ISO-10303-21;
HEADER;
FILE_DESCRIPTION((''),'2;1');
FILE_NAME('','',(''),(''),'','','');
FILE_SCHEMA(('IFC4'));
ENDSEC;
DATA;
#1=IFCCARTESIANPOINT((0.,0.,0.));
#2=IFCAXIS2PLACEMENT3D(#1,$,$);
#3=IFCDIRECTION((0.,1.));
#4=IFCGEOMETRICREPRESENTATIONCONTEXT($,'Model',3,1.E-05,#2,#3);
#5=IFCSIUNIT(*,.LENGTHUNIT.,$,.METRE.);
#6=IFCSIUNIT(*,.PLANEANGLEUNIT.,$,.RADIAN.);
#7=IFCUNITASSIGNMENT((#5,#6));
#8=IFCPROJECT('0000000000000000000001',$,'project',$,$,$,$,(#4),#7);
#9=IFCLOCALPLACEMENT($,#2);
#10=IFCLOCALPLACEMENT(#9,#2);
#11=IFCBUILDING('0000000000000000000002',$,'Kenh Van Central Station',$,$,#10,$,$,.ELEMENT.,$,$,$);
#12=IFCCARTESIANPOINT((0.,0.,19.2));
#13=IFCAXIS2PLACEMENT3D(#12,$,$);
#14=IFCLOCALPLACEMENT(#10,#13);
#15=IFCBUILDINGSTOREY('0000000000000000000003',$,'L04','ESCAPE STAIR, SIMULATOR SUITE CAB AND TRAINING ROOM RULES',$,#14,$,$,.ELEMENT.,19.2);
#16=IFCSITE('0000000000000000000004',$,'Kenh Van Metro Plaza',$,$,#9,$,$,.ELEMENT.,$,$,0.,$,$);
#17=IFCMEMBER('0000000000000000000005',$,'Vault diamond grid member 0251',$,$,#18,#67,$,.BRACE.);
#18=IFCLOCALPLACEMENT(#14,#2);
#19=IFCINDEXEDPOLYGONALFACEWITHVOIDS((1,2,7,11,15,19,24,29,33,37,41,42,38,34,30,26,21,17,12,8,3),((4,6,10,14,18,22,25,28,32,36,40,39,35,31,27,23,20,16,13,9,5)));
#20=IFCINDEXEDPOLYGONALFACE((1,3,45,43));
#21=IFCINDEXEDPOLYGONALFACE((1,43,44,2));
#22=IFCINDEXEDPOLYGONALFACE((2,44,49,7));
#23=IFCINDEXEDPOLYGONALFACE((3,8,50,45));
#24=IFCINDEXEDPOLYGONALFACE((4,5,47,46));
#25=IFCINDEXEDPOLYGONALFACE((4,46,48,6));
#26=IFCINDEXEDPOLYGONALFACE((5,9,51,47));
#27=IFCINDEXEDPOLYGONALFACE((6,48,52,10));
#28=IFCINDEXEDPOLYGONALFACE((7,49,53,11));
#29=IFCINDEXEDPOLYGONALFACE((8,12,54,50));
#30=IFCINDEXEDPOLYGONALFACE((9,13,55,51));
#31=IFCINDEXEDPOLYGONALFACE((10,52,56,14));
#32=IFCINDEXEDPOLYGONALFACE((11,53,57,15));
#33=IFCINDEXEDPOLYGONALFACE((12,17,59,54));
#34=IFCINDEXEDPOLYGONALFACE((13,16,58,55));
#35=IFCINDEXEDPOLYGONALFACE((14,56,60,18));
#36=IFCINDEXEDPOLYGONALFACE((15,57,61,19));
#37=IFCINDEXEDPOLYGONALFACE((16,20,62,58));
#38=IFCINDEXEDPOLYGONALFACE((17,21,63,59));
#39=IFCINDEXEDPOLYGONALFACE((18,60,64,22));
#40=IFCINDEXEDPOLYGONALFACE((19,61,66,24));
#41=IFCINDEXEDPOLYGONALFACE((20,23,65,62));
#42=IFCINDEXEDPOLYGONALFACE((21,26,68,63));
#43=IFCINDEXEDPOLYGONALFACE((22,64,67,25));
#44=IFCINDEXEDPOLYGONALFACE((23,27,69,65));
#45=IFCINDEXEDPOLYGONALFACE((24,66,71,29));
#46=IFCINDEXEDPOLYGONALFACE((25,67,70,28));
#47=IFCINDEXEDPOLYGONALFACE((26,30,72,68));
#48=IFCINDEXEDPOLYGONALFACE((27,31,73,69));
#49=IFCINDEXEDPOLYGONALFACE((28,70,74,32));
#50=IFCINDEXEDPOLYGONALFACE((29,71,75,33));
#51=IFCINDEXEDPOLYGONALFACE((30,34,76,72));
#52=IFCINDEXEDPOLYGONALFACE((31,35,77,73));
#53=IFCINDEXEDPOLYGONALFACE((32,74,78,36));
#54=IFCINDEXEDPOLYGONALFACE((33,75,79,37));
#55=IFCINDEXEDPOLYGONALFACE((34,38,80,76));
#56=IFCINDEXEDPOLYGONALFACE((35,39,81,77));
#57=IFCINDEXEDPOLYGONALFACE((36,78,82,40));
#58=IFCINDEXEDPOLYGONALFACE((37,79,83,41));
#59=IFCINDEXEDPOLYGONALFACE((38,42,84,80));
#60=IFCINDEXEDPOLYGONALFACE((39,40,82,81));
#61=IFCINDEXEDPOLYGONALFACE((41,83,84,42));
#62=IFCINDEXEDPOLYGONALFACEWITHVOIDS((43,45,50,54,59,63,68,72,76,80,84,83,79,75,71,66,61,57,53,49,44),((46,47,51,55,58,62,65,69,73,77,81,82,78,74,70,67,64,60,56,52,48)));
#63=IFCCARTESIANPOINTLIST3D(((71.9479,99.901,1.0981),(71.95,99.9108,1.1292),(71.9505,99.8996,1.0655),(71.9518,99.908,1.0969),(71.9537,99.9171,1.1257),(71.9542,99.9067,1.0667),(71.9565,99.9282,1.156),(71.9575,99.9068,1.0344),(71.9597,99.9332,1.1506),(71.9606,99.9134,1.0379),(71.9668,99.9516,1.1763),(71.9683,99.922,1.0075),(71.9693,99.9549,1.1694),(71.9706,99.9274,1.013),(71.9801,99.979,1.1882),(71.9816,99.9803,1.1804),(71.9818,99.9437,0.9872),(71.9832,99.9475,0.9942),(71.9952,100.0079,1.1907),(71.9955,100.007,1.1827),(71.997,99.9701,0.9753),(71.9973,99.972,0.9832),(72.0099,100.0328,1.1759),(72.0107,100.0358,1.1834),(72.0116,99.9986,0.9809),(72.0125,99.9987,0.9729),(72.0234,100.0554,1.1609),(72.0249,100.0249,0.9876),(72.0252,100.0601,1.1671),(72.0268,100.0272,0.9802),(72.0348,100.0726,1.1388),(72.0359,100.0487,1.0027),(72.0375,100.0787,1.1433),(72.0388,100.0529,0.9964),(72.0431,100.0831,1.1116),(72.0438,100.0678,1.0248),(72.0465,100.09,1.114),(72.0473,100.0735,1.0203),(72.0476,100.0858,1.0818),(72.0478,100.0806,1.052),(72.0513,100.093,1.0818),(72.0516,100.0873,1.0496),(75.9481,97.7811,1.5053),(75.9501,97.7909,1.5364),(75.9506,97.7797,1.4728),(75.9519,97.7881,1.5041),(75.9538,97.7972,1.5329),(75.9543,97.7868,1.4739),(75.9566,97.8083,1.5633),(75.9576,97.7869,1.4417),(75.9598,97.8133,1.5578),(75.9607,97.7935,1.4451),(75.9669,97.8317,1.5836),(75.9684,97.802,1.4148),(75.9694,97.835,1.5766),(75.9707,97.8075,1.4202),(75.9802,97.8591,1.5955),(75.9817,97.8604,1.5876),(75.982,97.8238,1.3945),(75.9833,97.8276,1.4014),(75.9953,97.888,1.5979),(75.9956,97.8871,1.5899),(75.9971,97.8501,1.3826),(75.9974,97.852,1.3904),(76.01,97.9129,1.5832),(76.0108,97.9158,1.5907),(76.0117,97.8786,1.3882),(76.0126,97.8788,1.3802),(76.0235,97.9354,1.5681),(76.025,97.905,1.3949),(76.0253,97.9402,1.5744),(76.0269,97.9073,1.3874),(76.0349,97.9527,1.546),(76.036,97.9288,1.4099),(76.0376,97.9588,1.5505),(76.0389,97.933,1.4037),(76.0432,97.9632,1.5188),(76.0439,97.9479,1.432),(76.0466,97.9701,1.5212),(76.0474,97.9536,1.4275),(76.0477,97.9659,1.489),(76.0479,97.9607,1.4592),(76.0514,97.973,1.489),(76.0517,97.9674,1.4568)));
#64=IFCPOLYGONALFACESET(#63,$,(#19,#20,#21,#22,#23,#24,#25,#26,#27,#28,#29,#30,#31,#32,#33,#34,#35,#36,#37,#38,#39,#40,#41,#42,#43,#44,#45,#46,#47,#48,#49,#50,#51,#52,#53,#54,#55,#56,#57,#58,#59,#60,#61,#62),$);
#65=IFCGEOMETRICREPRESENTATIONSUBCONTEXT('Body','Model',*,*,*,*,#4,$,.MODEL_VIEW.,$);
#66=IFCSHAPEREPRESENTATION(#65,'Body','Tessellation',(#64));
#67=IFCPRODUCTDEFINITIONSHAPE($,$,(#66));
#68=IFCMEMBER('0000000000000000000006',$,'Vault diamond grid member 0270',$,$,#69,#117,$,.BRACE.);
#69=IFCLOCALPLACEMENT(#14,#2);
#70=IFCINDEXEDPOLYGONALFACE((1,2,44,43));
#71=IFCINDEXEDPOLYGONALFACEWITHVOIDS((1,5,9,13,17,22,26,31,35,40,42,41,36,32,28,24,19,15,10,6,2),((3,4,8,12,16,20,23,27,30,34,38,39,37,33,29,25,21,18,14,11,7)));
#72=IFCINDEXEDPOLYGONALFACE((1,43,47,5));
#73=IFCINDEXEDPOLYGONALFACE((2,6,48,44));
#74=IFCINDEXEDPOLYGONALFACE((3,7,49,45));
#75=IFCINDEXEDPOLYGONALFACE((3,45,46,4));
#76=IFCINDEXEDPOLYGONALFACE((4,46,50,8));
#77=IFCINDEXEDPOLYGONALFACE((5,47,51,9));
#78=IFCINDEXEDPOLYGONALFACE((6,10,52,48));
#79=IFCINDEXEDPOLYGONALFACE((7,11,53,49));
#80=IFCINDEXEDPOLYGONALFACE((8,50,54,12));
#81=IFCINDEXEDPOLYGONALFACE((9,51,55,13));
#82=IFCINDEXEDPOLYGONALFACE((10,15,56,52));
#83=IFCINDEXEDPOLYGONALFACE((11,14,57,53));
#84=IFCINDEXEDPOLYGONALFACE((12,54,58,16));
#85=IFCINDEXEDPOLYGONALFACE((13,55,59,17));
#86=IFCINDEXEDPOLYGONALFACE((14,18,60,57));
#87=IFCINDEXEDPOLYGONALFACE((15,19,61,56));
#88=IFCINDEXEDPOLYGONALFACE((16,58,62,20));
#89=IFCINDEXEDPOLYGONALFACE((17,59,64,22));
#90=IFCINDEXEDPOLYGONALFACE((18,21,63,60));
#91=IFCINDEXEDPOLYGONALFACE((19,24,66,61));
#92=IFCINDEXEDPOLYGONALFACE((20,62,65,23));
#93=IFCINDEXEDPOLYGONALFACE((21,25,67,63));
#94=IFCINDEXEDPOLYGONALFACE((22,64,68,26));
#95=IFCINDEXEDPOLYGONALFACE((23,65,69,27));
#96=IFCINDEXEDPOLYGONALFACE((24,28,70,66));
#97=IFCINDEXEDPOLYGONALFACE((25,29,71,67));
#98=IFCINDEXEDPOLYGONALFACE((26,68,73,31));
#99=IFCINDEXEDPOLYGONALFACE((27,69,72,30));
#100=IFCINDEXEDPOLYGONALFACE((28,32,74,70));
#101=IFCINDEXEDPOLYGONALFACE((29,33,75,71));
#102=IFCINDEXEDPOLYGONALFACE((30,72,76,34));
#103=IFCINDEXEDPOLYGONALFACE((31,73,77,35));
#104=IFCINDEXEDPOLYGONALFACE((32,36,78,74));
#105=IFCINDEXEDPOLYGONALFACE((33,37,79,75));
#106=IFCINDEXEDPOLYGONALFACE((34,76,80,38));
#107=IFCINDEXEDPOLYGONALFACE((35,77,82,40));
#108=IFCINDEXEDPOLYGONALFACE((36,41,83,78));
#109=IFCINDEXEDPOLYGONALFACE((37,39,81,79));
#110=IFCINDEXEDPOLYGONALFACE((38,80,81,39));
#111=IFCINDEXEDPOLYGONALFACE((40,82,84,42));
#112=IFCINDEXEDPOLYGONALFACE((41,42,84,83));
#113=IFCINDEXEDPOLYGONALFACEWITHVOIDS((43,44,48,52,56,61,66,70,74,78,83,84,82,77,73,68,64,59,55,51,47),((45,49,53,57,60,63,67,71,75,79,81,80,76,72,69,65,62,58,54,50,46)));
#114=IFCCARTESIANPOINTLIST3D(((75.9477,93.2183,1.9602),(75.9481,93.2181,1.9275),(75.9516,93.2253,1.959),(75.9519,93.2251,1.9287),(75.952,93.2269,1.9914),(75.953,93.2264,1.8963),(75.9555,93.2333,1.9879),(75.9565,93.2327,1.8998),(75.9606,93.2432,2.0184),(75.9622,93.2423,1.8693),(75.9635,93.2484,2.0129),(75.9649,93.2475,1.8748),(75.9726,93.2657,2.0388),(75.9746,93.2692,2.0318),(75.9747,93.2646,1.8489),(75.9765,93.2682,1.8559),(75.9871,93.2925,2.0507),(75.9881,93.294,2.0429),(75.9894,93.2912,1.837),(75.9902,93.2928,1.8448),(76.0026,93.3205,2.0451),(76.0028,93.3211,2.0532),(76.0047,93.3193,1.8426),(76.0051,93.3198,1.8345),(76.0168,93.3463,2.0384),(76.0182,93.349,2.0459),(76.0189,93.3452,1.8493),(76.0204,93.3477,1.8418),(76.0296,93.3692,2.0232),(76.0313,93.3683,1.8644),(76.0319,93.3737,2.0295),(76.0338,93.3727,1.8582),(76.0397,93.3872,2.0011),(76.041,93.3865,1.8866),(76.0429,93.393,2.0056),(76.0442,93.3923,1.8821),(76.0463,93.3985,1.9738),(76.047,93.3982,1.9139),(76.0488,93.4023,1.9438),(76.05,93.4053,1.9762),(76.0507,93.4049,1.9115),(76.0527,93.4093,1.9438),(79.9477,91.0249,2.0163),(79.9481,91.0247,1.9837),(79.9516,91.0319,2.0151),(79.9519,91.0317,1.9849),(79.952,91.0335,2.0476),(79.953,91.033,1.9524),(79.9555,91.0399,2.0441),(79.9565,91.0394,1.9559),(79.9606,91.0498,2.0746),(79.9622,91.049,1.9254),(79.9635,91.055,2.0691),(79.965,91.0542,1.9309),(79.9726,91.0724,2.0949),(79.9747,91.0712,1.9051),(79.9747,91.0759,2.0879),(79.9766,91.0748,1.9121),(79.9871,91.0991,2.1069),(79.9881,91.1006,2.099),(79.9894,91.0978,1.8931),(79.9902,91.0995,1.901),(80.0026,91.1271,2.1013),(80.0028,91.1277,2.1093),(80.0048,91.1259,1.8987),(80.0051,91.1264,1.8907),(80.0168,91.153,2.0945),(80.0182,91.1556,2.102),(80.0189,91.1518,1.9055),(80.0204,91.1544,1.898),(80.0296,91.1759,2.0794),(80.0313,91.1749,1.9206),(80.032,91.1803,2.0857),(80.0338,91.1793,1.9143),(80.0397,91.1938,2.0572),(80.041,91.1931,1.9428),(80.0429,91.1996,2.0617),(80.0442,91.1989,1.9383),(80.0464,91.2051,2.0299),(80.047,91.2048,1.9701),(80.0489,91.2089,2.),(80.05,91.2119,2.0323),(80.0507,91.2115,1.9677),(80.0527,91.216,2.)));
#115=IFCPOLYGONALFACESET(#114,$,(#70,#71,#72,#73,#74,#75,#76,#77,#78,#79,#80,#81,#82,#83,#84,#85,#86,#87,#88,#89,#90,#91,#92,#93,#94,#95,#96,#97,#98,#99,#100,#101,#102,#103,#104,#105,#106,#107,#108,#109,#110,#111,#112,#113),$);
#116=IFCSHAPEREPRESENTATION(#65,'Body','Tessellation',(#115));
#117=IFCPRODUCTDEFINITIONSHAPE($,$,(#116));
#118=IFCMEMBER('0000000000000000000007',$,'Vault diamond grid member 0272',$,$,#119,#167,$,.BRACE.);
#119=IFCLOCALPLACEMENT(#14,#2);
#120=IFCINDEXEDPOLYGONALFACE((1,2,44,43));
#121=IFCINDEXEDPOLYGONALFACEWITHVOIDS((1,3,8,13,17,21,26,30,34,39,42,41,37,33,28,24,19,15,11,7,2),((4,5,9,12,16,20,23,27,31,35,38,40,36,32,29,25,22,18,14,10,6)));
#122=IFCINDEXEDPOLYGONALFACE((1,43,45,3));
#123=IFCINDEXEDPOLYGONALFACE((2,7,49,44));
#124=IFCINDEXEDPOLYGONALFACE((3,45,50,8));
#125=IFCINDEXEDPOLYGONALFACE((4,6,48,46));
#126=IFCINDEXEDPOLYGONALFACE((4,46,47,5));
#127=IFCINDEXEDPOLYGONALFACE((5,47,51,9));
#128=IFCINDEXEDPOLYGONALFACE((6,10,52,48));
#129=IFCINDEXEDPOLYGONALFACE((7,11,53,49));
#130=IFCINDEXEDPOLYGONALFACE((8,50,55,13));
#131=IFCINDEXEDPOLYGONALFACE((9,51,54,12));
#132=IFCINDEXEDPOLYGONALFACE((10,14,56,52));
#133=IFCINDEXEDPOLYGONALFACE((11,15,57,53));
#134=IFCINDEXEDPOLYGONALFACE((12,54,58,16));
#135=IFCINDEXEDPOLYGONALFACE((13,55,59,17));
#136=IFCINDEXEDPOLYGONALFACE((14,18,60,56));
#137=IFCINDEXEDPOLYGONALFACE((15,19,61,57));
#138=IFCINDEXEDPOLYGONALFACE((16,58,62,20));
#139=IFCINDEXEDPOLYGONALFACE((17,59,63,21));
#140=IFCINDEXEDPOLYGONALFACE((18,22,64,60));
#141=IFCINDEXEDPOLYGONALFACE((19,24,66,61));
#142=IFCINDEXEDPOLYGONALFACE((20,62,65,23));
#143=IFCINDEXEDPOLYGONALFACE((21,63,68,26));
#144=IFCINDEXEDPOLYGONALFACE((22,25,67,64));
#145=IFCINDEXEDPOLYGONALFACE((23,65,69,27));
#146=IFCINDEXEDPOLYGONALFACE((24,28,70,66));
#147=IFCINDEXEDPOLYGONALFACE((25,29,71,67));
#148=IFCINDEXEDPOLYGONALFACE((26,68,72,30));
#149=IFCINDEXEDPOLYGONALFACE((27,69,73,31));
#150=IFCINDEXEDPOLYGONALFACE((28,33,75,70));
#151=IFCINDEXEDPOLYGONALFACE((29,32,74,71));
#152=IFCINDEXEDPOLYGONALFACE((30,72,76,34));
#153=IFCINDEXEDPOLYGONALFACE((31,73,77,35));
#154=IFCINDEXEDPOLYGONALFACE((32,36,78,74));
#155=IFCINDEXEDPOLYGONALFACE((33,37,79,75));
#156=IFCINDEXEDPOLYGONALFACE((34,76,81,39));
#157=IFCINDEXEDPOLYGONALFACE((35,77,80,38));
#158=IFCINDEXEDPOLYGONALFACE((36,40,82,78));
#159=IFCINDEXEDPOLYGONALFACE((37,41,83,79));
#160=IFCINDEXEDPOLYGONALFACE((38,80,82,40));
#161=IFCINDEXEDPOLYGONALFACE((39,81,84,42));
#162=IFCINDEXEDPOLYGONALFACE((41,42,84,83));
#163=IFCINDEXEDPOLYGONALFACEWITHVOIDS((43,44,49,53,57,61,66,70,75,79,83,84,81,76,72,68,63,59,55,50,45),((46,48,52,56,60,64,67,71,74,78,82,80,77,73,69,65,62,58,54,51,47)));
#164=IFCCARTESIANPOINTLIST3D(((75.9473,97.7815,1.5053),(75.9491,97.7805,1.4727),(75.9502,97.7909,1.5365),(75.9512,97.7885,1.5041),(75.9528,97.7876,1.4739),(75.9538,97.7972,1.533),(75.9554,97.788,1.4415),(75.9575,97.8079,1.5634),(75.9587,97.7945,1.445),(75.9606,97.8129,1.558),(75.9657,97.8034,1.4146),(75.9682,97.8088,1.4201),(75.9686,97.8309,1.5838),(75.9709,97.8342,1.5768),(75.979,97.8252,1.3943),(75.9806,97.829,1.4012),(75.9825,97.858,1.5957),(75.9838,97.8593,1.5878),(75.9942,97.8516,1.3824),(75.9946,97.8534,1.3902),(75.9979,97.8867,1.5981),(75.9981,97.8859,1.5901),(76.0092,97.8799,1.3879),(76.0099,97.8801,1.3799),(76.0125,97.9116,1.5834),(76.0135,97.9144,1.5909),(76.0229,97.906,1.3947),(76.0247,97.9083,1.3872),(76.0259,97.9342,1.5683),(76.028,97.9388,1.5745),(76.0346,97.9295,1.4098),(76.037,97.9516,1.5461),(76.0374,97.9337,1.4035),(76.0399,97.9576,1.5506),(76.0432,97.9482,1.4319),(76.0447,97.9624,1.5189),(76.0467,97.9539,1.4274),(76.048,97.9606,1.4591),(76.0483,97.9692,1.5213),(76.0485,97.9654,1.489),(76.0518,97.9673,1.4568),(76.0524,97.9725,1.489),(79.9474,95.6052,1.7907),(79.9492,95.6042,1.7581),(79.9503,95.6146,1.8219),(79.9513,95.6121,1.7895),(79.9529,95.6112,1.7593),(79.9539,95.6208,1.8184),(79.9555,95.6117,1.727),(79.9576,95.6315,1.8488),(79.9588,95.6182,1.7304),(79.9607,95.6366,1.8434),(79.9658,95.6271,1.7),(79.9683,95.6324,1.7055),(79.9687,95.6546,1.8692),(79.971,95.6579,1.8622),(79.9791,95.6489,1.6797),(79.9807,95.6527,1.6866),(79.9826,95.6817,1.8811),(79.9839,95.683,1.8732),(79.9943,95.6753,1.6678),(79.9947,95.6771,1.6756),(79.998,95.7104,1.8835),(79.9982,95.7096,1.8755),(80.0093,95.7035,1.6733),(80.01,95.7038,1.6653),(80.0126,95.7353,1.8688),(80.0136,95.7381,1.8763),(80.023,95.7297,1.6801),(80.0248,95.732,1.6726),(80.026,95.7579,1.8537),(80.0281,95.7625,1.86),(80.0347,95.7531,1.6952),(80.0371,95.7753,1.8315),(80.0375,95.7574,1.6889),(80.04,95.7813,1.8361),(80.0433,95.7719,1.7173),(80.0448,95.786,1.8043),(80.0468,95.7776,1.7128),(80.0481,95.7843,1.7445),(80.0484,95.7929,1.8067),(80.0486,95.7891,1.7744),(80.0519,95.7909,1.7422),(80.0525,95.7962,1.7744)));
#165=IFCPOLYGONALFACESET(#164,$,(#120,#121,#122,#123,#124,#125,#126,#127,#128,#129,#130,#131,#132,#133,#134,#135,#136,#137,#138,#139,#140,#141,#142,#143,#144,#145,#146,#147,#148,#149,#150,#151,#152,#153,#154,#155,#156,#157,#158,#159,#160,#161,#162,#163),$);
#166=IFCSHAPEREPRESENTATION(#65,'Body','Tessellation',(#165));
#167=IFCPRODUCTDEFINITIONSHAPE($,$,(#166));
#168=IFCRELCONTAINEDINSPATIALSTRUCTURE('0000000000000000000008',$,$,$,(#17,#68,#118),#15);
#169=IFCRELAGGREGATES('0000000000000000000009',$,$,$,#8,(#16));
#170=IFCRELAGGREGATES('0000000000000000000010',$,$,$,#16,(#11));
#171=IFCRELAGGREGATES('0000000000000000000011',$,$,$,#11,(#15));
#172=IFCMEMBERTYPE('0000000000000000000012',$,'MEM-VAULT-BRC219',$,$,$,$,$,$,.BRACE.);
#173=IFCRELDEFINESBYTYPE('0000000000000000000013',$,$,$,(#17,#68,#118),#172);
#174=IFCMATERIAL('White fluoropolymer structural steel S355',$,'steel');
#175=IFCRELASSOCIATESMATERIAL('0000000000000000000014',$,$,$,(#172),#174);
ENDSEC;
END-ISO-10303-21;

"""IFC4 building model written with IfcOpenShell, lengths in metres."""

from ifc_helpers import new_model, si_unit, direction, frame, origin, origin_2d, place, context, subcontext, project, spatial, hollow_circle, extrude, material, material_profile, profile_set, type_object, element, save


model = new_model("IFC4")

# Units and contexts
model_context = context("Model", 3, precision=1e-05, world=origin(), true_north=direction((0.0, 1.0)))
body_context = subcontext(model_context, "Body", "Model", "MODEL_VIEW")
ifc_project = project(units=[si_unit("LENGTHUNIT", "METRE"), si_unit("PLANEANGLEUNIT", "RADIAN")], contexts=[model_context])

# Site, building, storey
site_placement = place(None, origin())
site = spatial("IfcSite", under=ifc_project, at=site_placement, Name="Kenh Van Metro Plaza", CompositionType="ELEMENT", RefElevation=0.0)
building_placement = place(site_placement, origin())
building = spatial("IfcBuilding", under=site, at=building_placement, Name="Kenh Van Central Station", CompositionType="ELEMENT")
storey_placement = place(building_placement, frame((0.0, 0.0, 19.2)))
storey = spatial("IfcBuildingStorey", under=building, at=storey_placement, Name="L04", Description="ESCAPE STAIR, SIMULATOR SUITE CAB AND TRAINING ROOM RULES", CompositionType="ELEMENT", Elevation=19.2)

# Shared definitions
ifc_material_1 = material(Name="White fluoropolymer structural steel S355", Category="steel")

# Members
ifc_material_profile_1 = material_profile(ifc_material_1, hollow_circle(Radius=0.1096, WallThickness=0.0081, at=origin_2d()), Name="CHS 219.1x8")
ifc_profile_set_1 = profile_set([ifc_material_profile_1], Name="White fluoropolymer structural steel S355")
member_type_1 = type_object("IfcMemberType", Name="MEM-VAULT-BRC219", PredefinedType="BRACE", material=ifc_profile_set_1)
member_1_placement = place(storey_placement, frame((72.0, 99.9961, 1.0818), z_axis=(0.880031, -0.466389, 0.089593), x_axis=(0.468272, 0.883585, 0.0)))
element("IfcMember", 1, at=member_1_placement, inside=storey, type_object=member_type_1, Name="Vault diamond grid member 0251", PredefinedType="BRACE", context=body_context, shape_type="SweptSolid", body=[
    extrude(hollow_circle(Radius=0.1096, WallThickness=0.0081, at=origin_2d()), origin(), (0.0, 0.0, 1.0), 4.5454),
])
member_2_placement = place(storey_placement, frame((76.0, 93.3132, 1.9438), z_axis=(0.876763, -0.480764, 0.012308), x_axis=(0.480801, 0.87683, 0.0)))
element("IfcMember", 2, at=member_2_placement, inside=storey, type_object=member_type_1, Name="Vault diamond grid member 0270", PredefinedType="BRACE", context=body_context, shape_type="SweptSolid", body=[
    extrude(hollow_circle(Radius=0.1096, WallThickness=0.0081, at=origin_2d()), origin(), (0.0, 0.0, 1.0), 4.5623),
])
member_3_placement = place(storey_placement, frame((76.0, 97.8762, 1.489), z_axis=(0.876687, -0.476977, 0.062552), x_axis=(0.477913, 0.878407, 0.0)))
element("IfcMember", 3, at=member_3_placement, inside=storey, type_object=member_type_1, Name="Vault diamond grid member 0272", PredefinedType="BRACE", context=body_context, shape_type="SweptSolid", body=[
    extrude(hollow_circle(Radius=0.1096, WallThickness=0.0081, at=origin_2d()), origin(), (0.0, 0.0, 1.0), 4.5627),
])

save(model, "model.ifc")
